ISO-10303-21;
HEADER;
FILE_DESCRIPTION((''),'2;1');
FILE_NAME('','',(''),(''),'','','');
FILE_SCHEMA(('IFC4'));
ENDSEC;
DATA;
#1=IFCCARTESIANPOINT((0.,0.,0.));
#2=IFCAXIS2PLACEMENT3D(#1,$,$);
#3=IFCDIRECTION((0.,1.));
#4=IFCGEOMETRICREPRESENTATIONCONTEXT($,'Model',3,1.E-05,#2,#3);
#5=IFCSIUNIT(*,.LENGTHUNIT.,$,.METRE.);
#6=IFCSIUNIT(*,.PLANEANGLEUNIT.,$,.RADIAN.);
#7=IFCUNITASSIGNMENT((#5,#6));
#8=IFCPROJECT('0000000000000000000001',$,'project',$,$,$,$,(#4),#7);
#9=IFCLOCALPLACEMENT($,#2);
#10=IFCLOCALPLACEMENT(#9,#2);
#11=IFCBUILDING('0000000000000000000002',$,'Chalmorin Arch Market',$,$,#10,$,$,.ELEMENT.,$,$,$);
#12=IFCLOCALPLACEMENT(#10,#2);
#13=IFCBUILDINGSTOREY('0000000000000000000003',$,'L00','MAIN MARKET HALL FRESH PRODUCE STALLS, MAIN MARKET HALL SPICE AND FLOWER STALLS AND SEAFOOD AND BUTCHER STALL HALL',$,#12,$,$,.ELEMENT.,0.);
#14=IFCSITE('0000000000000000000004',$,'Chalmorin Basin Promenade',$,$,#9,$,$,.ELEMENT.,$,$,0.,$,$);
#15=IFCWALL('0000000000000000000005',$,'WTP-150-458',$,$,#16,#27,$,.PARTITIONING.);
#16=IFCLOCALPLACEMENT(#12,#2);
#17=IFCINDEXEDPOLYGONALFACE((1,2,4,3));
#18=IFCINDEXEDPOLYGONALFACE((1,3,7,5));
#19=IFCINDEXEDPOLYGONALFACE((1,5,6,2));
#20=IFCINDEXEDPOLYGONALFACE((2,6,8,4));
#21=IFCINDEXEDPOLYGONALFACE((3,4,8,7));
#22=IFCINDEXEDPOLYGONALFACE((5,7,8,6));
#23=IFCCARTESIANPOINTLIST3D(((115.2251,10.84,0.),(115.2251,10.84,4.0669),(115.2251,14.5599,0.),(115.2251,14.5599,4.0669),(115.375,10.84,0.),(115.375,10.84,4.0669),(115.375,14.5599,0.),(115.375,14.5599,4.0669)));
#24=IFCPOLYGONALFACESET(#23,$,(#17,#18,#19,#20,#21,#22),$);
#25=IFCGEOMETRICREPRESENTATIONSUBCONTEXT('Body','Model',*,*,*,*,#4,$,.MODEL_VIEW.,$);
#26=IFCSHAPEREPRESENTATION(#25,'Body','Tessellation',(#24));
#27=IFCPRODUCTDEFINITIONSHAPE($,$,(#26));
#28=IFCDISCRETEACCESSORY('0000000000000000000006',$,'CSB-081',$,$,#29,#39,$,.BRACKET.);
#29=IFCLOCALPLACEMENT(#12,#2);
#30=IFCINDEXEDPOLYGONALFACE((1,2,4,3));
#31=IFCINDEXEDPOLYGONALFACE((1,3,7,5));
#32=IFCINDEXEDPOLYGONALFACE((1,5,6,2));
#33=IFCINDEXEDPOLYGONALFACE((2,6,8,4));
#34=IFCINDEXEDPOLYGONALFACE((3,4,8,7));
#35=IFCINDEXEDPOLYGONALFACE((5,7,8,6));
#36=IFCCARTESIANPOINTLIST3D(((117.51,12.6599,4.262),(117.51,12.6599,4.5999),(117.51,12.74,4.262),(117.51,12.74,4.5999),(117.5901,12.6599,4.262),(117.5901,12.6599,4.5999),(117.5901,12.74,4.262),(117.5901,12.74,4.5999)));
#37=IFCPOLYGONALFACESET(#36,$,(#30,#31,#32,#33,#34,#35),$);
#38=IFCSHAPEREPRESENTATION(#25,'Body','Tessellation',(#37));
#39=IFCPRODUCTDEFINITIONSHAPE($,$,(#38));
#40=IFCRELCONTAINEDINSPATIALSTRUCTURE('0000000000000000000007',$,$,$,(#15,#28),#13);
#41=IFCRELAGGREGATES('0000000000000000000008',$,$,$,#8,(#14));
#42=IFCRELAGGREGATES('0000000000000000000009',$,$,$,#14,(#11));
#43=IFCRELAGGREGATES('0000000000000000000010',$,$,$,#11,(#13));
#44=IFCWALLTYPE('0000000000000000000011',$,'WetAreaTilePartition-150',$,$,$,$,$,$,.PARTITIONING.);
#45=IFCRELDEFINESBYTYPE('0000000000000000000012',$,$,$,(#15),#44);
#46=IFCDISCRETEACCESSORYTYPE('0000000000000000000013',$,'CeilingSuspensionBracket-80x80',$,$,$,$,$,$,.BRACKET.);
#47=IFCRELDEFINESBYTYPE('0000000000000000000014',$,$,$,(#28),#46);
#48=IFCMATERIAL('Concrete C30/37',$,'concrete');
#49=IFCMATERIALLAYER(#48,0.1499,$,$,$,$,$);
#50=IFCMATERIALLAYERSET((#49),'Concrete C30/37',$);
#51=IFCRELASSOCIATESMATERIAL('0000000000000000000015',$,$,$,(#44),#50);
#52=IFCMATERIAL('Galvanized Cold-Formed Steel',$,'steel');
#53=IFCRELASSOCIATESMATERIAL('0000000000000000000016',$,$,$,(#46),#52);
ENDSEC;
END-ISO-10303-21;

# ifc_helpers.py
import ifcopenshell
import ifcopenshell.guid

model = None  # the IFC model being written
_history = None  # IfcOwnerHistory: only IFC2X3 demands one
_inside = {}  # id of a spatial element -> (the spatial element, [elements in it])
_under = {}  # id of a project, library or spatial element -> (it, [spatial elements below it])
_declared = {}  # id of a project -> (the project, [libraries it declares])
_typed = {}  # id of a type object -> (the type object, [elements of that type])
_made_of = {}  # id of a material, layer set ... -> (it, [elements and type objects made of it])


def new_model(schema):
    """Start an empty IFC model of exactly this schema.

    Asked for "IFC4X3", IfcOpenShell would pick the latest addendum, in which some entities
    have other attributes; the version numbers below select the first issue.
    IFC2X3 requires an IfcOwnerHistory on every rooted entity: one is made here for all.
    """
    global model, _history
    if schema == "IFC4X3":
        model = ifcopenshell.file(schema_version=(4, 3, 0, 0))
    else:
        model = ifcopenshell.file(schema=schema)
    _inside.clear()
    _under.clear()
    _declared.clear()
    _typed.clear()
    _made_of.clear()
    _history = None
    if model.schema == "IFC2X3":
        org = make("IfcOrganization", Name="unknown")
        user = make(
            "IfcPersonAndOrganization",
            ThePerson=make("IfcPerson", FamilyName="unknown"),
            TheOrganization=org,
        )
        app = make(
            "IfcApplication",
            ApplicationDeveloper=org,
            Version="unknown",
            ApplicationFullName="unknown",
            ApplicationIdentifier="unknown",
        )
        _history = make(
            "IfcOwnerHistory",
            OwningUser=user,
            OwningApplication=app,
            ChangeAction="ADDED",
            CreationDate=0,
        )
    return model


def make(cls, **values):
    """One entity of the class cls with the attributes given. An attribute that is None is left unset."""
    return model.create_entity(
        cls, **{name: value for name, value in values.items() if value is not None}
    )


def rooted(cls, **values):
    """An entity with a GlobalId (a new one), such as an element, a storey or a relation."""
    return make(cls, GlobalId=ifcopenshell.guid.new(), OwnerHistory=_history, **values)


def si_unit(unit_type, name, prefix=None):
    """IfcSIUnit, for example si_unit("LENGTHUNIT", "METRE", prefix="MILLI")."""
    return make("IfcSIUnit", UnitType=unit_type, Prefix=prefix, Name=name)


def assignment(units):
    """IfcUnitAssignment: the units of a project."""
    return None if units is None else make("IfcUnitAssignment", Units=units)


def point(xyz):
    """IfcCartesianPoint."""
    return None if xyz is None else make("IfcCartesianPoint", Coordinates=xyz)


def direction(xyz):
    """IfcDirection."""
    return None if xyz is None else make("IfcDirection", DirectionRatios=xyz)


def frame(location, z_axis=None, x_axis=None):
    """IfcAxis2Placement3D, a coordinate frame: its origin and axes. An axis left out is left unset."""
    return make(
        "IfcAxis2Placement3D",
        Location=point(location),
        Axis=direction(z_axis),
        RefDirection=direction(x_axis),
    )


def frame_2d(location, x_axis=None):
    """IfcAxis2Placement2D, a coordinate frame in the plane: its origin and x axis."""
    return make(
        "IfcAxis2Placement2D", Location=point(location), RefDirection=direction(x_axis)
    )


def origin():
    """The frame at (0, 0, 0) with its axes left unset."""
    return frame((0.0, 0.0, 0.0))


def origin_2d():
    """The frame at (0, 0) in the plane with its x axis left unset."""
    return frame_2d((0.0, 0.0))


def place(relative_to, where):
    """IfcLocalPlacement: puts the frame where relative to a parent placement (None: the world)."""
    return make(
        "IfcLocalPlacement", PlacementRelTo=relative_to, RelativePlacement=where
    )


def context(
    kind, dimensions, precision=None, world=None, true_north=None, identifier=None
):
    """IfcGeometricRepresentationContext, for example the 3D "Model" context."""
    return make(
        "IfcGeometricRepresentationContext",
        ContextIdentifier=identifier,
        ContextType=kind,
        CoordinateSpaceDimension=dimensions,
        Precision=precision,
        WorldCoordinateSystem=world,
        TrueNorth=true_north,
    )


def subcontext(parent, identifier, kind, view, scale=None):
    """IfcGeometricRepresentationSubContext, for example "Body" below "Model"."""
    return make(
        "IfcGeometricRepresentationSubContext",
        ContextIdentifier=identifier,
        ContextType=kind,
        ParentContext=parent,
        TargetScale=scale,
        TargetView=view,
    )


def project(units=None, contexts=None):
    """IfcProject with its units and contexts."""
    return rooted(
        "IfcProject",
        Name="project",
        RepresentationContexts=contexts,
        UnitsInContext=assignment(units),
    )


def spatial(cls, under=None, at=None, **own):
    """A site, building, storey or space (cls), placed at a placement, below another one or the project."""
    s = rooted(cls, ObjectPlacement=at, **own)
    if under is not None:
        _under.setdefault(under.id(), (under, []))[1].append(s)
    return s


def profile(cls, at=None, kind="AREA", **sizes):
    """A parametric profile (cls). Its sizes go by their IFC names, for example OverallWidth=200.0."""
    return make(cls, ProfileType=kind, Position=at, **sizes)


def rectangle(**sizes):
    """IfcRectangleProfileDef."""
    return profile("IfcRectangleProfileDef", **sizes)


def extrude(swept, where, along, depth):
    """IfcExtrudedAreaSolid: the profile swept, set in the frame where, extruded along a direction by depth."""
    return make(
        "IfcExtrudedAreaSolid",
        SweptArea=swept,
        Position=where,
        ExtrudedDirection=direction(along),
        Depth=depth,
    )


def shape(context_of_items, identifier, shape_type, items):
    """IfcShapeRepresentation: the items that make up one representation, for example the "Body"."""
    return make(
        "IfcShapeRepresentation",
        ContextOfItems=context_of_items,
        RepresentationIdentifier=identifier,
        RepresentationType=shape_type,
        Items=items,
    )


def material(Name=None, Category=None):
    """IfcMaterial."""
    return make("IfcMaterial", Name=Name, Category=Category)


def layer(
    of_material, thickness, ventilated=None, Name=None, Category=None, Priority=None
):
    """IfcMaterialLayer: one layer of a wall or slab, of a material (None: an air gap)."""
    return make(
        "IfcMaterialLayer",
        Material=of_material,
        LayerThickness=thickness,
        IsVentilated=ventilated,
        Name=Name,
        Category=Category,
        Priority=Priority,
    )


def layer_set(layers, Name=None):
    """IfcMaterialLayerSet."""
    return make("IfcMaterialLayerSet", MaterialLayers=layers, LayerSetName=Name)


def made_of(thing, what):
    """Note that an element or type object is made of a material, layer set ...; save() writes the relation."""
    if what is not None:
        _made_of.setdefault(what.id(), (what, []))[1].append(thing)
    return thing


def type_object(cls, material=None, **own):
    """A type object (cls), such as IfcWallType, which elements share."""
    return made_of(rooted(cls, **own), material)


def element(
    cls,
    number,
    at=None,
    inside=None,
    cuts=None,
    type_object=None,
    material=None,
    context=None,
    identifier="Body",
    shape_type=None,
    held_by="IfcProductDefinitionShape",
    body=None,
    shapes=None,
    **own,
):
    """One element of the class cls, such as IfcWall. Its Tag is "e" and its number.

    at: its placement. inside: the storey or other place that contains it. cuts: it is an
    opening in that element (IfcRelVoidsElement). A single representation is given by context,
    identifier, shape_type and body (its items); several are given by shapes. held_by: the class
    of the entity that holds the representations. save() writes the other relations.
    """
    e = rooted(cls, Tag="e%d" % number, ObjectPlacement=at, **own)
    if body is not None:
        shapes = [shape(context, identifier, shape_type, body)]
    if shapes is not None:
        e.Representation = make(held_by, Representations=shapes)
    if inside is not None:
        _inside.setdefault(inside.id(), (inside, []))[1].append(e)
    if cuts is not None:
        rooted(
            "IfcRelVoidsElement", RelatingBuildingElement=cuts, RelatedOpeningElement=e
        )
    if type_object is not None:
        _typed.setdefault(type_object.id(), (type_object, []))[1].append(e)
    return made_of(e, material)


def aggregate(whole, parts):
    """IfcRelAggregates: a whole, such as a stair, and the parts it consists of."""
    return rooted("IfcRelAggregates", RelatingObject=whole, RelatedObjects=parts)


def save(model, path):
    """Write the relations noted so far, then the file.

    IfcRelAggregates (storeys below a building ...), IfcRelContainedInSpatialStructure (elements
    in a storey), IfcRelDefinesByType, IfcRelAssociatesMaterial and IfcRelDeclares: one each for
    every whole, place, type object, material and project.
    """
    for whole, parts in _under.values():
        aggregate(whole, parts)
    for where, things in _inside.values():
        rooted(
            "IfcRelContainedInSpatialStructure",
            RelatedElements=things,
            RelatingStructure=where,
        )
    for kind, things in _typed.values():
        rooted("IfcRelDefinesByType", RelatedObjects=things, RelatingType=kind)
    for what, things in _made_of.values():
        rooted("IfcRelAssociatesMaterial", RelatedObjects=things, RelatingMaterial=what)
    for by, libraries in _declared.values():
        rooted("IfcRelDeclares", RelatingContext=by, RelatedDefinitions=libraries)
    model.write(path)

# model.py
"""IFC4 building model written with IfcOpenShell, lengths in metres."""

from ifc_helpers import new_model, si_unit, direction, frame, frame_2d, origin, origin_2d, place, context, subcontext, project, spatial, rectangle, extrude, material, layer, layer_set, type_object, element, save


model = new_model("IFC4")

# Units and contexts
model_context = context("Model", 3, precision=1e-05, world=origin(), true_north=direction((0.0, 1.0)))
body_context = subcontext(model_context, "Body", "Model", "MODEL_VIEW")
ifc_project = project(units=[si_unit("LENGTHUNIT", "METRE"), si_unit("PLANEANGLEUNIT", "RADIAN")], contexts=[model_context])

# Site, building, storey
site_placement = place(None, origin())
site = spatial("IfcSite", under=ifc_project, at=site_placement, Name="Chalmorin Basin Promenade", CompositionType="ELEMENT", RefElevation=0.0)
building_placement = place(site_placement, origin())
building = spatial("IfcBuilding", under=site, at=building_placement, Name="Chalmorin Arch Market", CompositionType="ELEMENT")
storey_placement = place(building_placement, origin())
storey = spatial("IfcBuildingStorey", under=building, at=storey_placement, Name="L00", Description="MAIN MARKET HALL FRESH PRODUCE STALLS, MAIN MARKET HALL SPICE AND FLOWER STALLS AND SEAFOOD AND BUTCHER STALL HALL", CompositionType="ELEMENT", Elevation=0.0)

# Shared definitions
ifc_material_1 = material(Name="Concrete C30/37", Category="concrete")
ifc_layer_1 = layer(ifc_material_1, 0.1499)
ifc_layer_set_1 = layer_set([ifc_layer_1], Name="Concrete C30/37")
wall_type_1 = type_object("IfcWallType", Name="WetAreaTilePartition-150", PredefinedType="PARTITIONING", material=ifc_layer_set_1)

# Wall
wall_1_placement = place(storey_placement, frame((115.3, 10.8401, 0.0), z_axis=(0.0, 0.0, 1.0), x_axis=(0.0, 1.0, 0.0)))
element("IfcWall", 1, at=wall_1_placement, inside=storey, type_object=wall_type_1, Name="WTP-150-458", PredefinedType="PARTITIONING", context=body_context, shape_type="SweptSolid", body=[
    extrude(rectangle(XDim=3.72, YDim=0.1499, at=frame_2d((1.8599, 0.0))), origin(), (0.0, 0.0, 1.0), 4.0669),
])

# Discrete accessory
ifc_material_2 = material(Name="Galvanized Cold-Formed Steel", Category="steel")
discrete_accessory_type = type_object("IfcDiscreteAccessoryType", Name="CeilingSuspensionBracket-80x80", PredefinedType="BRACKET", material=ifc_material_2)
discrete_accessory_placement = place(storey_placement, frame((117.55, 12.7, 4.262), z_axis=(0.0, 0.0, 1.0), x_axis=(1.0, 0.0, 0.0)))
element("IfcDiscreteAccessory", 2, at=discrete_accessory_placement, inside=storey, type_object=discrete_accessory_type, Name="CSB-081", PredefinedType="BRACKET", context=body_context, shape_type="SweptSolid", body=[
    extrude(rectangle(XDim=0.0801, YDim=0.0801, at=origin_2d()), origin(), (0.0, 0.0, 1.0), 0.3379),
])

save(model, "model.ifc")
